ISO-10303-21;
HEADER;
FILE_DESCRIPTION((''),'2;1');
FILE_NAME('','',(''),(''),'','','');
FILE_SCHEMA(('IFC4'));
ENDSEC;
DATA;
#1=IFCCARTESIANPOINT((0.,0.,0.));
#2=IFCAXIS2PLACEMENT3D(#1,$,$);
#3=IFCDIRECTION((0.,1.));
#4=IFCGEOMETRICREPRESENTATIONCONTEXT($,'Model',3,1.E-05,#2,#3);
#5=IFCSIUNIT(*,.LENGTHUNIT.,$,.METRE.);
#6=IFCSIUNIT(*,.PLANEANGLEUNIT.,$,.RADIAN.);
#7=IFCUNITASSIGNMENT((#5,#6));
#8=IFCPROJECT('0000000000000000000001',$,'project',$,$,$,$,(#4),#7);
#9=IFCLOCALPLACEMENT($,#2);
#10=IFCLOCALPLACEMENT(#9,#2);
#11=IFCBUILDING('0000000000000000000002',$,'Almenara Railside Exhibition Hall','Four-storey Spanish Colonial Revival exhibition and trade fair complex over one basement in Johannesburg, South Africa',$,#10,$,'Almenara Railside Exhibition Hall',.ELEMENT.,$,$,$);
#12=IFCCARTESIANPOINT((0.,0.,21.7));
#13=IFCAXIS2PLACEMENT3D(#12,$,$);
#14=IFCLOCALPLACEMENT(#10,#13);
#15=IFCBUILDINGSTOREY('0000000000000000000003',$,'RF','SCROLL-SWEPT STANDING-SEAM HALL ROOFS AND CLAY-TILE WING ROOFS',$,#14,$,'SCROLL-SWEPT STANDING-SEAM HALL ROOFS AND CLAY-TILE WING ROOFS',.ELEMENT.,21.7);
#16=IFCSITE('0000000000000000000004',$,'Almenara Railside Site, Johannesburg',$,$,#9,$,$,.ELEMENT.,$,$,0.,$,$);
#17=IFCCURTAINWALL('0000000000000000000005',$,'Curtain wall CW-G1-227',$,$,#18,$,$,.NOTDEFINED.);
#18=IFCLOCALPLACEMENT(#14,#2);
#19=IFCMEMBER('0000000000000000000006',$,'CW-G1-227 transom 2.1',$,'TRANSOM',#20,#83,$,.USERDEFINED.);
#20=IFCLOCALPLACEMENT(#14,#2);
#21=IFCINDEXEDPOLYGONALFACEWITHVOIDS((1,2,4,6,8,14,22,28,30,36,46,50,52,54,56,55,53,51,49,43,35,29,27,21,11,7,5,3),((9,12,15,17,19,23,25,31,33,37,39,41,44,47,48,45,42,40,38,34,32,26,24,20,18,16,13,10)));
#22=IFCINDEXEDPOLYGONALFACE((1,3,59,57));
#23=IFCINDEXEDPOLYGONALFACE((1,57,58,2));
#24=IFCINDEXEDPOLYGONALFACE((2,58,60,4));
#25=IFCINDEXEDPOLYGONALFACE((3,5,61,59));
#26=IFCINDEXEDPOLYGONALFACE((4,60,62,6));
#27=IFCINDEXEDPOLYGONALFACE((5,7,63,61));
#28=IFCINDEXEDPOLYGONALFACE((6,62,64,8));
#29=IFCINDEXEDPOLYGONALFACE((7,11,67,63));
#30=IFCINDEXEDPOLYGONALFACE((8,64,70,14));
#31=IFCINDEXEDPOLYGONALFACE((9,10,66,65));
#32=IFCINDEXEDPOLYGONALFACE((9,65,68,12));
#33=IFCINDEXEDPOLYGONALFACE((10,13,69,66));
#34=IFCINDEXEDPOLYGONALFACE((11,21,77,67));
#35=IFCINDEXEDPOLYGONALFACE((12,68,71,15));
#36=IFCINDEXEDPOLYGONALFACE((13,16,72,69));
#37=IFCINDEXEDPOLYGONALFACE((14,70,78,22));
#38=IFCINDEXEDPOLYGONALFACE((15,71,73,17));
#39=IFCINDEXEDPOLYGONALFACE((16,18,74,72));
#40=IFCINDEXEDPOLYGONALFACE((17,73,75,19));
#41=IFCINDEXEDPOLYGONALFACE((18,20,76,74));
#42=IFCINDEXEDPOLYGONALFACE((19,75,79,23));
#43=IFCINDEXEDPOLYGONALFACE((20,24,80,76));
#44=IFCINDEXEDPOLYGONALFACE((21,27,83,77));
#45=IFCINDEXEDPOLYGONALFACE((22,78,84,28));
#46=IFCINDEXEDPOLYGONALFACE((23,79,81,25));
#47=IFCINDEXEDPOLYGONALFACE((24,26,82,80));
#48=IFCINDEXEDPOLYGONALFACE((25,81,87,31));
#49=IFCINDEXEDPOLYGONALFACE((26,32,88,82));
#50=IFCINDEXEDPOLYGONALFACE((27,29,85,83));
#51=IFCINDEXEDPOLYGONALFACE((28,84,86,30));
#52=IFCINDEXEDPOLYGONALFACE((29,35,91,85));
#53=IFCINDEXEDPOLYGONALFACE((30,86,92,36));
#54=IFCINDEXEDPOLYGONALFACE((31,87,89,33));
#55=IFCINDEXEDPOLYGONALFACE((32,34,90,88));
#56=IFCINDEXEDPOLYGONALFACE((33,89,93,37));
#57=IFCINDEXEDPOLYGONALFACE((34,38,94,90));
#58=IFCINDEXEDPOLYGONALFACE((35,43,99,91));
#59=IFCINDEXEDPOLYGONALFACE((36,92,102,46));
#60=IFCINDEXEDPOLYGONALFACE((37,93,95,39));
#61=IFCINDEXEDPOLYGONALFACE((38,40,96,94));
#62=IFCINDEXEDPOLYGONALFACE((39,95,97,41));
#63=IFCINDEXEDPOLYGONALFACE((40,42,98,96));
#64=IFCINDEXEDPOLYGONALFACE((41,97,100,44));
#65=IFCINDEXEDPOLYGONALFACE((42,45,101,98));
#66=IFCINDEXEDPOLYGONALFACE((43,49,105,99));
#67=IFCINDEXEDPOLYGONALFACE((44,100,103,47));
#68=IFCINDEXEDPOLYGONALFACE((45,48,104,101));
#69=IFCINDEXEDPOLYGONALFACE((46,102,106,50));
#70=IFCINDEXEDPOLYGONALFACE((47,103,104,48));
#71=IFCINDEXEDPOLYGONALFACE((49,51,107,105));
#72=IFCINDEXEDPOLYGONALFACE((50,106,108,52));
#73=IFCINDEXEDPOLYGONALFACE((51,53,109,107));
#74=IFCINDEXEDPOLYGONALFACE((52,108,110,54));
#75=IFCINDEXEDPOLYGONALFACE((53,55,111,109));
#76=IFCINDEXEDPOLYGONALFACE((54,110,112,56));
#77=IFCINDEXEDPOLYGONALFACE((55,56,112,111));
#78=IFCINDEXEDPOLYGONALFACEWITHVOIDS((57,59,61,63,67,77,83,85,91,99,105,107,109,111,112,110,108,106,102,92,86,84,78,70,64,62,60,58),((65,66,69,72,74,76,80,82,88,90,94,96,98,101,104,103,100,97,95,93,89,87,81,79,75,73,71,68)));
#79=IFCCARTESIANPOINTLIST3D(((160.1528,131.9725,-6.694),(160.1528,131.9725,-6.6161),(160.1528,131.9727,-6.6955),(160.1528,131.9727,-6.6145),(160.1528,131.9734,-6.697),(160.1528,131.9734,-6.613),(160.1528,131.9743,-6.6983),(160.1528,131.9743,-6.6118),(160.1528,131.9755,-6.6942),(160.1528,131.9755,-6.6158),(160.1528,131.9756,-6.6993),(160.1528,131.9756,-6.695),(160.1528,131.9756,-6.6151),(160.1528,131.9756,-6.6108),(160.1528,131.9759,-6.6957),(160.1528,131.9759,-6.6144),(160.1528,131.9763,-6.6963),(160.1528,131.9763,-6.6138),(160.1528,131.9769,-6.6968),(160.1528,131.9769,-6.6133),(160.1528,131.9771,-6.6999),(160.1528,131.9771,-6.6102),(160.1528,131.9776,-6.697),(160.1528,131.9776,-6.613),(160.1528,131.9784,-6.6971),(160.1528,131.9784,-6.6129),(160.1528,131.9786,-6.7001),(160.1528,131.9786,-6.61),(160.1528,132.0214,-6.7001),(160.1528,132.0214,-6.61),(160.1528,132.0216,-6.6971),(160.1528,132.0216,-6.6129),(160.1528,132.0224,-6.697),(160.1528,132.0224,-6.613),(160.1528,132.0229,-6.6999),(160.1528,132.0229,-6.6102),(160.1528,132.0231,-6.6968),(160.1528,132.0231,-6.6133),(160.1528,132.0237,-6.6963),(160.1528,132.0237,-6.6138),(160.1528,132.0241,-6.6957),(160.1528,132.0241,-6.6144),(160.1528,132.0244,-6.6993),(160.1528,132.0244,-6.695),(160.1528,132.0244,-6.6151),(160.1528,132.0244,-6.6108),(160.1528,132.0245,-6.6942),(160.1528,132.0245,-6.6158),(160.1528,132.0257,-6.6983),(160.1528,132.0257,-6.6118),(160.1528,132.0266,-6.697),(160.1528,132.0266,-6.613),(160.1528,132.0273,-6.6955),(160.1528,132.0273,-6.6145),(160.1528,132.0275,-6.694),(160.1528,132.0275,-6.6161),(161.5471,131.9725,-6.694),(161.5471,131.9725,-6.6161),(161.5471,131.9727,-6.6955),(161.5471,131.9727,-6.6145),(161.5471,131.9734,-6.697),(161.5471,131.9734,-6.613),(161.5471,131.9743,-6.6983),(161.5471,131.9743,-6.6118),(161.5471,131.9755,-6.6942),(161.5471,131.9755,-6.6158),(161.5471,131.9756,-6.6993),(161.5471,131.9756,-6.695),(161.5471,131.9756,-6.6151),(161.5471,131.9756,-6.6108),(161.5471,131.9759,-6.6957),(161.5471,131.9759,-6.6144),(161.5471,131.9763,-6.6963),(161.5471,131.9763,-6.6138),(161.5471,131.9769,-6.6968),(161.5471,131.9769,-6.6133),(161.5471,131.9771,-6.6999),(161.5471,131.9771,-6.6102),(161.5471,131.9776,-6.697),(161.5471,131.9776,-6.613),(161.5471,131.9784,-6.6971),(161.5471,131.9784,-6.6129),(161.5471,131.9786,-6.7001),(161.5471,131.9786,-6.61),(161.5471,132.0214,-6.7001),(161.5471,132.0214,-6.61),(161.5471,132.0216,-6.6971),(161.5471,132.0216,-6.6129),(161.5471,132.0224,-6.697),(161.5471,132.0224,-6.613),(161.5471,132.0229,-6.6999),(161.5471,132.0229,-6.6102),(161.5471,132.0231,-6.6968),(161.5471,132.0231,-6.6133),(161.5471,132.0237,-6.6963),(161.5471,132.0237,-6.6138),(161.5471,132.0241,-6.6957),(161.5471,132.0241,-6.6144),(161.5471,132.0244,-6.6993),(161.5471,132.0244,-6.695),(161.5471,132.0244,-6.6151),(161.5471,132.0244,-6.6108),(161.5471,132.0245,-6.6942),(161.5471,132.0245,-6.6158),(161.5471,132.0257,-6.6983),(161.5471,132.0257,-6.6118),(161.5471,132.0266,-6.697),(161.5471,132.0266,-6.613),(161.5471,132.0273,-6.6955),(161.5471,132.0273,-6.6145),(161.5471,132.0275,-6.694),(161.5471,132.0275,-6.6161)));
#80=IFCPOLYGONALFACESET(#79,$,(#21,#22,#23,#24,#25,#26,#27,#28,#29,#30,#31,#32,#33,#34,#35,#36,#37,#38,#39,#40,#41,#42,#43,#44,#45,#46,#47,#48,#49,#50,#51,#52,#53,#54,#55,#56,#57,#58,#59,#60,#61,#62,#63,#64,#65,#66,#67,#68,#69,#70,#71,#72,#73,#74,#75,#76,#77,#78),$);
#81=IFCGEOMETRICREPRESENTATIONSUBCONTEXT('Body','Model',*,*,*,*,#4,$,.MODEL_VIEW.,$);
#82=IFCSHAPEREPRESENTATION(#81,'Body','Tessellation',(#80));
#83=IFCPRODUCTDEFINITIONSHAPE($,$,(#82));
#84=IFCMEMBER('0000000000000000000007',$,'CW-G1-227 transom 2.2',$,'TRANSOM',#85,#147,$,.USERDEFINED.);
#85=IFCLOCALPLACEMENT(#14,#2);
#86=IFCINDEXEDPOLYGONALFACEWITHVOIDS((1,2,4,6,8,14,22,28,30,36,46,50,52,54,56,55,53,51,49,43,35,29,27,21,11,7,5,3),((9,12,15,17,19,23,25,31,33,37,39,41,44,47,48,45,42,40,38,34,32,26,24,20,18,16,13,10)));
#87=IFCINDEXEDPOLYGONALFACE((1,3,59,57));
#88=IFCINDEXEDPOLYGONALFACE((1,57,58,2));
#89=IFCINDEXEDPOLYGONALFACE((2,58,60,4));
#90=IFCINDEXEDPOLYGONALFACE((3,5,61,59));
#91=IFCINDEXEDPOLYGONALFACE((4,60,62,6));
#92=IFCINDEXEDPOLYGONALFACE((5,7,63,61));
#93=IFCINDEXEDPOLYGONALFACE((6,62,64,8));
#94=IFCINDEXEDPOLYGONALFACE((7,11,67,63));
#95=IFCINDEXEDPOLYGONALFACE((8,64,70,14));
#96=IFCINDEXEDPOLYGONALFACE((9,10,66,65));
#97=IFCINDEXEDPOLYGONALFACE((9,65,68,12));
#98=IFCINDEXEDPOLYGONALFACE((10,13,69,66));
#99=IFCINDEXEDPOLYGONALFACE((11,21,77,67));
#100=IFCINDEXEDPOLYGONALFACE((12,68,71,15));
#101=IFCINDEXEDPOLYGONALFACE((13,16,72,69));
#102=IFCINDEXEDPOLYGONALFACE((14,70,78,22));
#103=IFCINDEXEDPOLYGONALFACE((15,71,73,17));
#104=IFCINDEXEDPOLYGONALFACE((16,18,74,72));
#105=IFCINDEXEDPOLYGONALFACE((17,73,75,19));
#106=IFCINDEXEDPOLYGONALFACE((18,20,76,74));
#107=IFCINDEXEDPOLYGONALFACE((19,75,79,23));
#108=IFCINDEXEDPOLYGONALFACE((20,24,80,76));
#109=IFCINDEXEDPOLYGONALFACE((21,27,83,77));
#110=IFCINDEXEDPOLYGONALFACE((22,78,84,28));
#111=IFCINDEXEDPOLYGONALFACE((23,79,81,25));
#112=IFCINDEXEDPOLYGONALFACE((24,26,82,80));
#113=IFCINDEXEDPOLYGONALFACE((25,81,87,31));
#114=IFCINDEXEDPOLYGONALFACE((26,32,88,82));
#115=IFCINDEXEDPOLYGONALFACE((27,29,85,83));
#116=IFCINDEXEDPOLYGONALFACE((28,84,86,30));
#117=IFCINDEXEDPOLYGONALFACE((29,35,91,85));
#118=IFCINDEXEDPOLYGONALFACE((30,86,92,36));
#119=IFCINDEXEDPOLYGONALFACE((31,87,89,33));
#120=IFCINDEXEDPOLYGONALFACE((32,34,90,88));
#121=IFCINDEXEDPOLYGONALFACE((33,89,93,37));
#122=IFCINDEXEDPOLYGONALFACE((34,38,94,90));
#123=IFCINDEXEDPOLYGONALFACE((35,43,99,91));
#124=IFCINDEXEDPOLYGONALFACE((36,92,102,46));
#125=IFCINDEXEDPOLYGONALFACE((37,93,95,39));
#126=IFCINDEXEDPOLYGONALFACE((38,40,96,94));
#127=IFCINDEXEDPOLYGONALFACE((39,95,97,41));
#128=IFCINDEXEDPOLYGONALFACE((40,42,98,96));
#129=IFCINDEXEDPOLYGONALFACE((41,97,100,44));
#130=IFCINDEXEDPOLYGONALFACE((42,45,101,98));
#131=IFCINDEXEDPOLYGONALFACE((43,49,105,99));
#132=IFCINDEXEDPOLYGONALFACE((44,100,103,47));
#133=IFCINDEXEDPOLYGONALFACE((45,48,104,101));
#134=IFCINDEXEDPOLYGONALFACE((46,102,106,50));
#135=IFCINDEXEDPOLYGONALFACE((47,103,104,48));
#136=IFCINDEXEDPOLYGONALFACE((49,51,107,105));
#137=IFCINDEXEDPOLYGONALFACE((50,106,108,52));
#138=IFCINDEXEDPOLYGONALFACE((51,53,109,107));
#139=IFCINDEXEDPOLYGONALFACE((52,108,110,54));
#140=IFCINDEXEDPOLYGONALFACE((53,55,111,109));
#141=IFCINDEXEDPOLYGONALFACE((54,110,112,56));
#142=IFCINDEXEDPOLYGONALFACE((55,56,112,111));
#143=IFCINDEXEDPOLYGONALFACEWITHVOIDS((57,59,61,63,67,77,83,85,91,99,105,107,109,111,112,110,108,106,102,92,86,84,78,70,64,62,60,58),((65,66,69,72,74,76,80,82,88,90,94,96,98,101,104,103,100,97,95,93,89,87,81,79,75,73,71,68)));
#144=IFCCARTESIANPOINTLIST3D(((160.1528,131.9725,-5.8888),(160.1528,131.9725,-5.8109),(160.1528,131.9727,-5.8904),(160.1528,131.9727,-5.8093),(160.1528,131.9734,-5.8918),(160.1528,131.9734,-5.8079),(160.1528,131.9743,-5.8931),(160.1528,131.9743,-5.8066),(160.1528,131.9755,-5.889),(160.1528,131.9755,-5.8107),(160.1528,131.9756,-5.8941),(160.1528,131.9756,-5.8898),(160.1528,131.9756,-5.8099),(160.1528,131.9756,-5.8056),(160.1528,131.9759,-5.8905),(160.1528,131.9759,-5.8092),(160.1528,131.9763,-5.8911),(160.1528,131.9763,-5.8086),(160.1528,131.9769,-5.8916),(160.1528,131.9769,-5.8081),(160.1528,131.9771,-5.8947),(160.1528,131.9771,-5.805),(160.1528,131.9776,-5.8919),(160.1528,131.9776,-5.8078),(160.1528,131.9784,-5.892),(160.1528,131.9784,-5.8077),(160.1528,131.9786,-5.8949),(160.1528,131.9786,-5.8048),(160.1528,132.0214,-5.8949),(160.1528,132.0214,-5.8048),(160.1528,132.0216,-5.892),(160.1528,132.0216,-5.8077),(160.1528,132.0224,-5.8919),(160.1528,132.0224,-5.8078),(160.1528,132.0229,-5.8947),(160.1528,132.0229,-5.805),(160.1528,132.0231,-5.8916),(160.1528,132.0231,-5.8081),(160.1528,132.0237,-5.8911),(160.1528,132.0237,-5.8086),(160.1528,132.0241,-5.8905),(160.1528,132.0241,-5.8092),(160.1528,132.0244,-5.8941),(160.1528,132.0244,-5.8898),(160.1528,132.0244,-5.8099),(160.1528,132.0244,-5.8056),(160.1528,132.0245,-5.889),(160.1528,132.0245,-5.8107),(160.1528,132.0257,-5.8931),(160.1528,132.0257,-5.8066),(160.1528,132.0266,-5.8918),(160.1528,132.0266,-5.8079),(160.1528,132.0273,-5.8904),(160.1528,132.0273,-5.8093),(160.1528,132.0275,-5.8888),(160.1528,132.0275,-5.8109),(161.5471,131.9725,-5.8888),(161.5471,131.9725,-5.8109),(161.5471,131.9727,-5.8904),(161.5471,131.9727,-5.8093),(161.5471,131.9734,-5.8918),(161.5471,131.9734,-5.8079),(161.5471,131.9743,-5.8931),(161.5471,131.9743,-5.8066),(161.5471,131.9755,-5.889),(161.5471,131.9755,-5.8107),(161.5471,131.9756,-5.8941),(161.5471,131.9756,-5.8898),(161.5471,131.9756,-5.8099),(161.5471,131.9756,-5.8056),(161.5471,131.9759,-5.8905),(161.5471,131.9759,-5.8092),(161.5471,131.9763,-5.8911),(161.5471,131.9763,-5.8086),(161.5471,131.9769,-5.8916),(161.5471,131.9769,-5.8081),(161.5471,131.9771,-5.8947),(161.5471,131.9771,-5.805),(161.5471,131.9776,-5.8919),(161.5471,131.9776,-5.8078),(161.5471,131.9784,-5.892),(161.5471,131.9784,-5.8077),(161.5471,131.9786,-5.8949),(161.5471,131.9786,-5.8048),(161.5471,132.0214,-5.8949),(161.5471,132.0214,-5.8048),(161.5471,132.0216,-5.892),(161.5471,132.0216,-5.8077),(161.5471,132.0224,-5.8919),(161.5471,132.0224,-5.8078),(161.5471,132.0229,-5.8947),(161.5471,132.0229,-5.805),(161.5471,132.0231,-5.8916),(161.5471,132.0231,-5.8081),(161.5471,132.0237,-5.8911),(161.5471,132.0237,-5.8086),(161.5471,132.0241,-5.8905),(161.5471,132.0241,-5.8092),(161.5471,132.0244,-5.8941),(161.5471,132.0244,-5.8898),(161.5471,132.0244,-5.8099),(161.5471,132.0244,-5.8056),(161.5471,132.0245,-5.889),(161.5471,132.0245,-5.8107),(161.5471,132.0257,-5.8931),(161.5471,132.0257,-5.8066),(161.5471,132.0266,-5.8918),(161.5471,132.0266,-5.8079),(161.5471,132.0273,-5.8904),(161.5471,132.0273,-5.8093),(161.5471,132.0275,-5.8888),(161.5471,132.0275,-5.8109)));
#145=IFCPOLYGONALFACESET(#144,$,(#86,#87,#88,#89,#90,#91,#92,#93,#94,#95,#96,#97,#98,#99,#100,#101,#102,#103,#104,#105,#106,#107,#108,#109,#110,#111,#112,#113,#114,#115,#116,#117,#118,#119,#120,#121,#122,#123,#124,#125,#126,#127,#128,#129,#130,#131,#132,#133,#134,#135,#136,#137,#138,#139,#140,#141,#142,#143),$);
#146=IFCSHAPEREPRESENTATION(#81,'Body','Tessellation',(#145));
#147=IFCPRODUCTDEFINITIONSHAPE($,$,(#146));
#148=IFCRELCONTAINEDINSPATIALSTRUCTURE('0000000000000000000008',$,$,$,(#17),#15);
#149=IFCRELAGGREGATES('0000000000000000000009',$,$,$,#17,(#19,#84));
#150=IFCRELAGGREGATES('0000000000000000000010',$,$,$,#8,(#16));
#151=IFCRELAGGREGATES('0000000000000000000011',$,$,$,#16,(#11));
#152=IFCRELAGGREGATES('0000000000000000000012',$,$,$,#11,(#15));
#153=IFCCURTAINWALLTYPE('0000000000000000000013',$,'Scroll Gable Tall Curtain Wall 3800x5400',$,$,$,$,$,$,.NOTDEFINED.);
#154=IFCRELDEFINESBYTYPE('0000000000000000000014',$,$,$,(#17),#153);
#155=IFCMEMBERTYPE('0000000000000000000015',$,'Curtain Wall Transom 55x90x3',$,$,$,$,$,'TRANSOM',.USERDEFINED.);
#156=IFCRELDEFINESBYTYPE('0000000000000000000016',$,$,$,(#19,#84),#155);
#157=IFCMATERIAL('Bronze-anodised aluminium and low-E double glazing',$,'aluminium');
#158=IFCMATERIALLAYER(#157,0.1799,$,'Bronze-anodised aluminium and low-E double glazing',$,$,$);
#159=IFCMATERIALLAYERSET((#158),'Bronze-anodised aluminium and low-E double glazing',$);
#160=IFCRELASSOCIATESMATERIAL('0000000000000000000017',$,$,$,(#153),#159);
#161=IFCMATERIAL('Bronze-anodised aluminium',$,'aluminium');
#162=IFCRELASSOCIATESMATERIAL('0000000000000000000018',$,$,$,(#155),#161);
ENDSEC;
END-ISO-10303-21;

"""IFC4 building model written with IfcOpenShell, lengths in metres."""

from ifc_helpers import new_model, si_unit, direction, frame, origin, origin_2d, place, context, subcontext, project, spatial, hollow_rectangle, extrude, material, layer, layer_set, material_profile, profile_set, type_object, element, aggregate, save


model = new_model("IFC4")

# Units and contexts
model_context = context("Model", 3, precision=1e-05, world=origin(), true_north=direction((0.0, 1.0)))
body_context = subcontext(model_context, "Body", "Model", "MODEL_VIEW")
ifc_project = project(units=[si_unit("LENGTHUNIT", "METRE"), si_unit("PLANEANGLEUNIT", "RADIAN")], contexts=[model_context])

# Site, building, storey
site_placement = place(None, origin())
site = spatial("IfcSite", under=ifc_project, at=site_placement, Name="Almenara Railside Site, Johannesburg", CompositionType="ELEMENT", RefElevation=0.0)
building_placement = place(site_placement, origin())
building = spatial("IfcBuilding", under=site, at=building_placement, Name="Almenara Railside Exhibition Hall", Description="Four-storey Spanish Colonial Revival exhibition and trade fair complex over one basement in Johannesburg, South Africa", LongName="Almenara Railside Exhibition Hall", CompositionType="ELEMENT")
storey_placement = place(building_placement, frame((0.0, 0.0, 21.7)))
storey = spatial("IfcBuildingStorey", under=building, at=storey_placement, Name="RF", Description="SCROLL-SWEPT STANDING-SEAM HALL ROOFS AND CLAY-TILE WING ROOFS", LongName="SCROLL-SWEPT STANDING-SEAM HALL ROOFS AND CLAY-TILE WING ROOFS", CompositionType="ELEMENT", Elevation=21.7)

# Curtain wall
ifc_material_1 = material(Name="Bronze-anodised aluminium and low-E double glazing", Category="aluminium")
ifc_layer_1 = layer(ifc_material_1, 0.1799, Name="Bronze-anodised aluminium and low-E double glazing")
ifc_layer_set_1 = layer_set([ifc_layer_1], Name="Bronze-anodised aluminium and low-E double glazing")
curtain_wall_type = type_object("IfcCurtainWallType", Name="Scroll Gable Tall Curtain Wall 3800x5400", PredefinedType="NOTDEFINED", material=ifc_layer_set_1)
curtain_wall_1_placement = place(storey_placement, origin())
curtain_wall_1 = element("IfcCurtainWall", 1, at=curtain_wall_1_placement, inside=storey, type_object=curtain_wall_type, Name="Curtain wall CW-G1-227", PredefinedType="NOTDEFINED")
ifc_material_2 = material(Name="Bronze-anodised aluminium", Category="aluminium")

# Members
ifc_material_profile_1 = material_profile(ifc_material_2, hollow_rectangle(XDim=0.0549, YDim=0.0901, WallThickness=0.0029, InnerFilletRadius=0.0029, OuterFilletRadius=0.0061, at=origin_2d()), Name="ALU-TRN 55x90x3")
ifc_profile_set_1 = profile_set([ifc_material_profile_1], Name="Bronze-anodised aluminium")
member_type_1 = type_object("IfcMemberType", Name="Curtain Wall Transom 55x90x3", ElementType="TRANSOM", PredefinedType="USERDEFINED", material=ifc_profile_set_1)
member_1_placement = place(storey_placement, frame((160.1528, 132.0, -6.655), z_axis=(1.0, 0.0, 0.0), x_axis=(0.0, 1.0, 0.0)))
member_1 = element("IfcMember", 2, at=member_1_placement, type_object=member_type_1, Name="CW-G1-227 transom 2.1", ObjectType="TRANSOM", PredefinedType="USERDEFINED", context=body_context, shape_type="SweptSolid", body=[
    extrude(hollow_rectangle(XDim=0.0549, YDim=0.0901, WallThickness=0.0029, InnerFilletRadius=0.0029, OuterFilletRadius=0.0061, at=origin_2d()), origin(), (0.0, 0.0, 1.0), 1.3943),
])
member_2_placement = place(storey_placement, frame((160.1528, 132.0, -5.8499), z_axis=(1.0, 0.0, 0.0), x_axis=(0.0, 1.0, 0.0)))
member_2 = element("IfcMember", 3, at=member_2_placement, type_object=member_type_1, Name="CW-G1-227 transom 2.2", ObjectType="TRANSOM", PredefinedType="USERDEFINED", context=body_context, shape_type="SweptSolid", body=[
    extrude(hollow_rectangle(XDim=0.0549, YDim=0.0901, WallThickness=0.0029, InnerFilletRadius=0.0029, OuterFilletRadius=0.0061, at=origin_2d()), origin(), (0.0, 0.0, 1.0), 1.3943),
])

aggregate(curtain_wall_1, [member_1, member_2])

save(model, "model.ifc")
